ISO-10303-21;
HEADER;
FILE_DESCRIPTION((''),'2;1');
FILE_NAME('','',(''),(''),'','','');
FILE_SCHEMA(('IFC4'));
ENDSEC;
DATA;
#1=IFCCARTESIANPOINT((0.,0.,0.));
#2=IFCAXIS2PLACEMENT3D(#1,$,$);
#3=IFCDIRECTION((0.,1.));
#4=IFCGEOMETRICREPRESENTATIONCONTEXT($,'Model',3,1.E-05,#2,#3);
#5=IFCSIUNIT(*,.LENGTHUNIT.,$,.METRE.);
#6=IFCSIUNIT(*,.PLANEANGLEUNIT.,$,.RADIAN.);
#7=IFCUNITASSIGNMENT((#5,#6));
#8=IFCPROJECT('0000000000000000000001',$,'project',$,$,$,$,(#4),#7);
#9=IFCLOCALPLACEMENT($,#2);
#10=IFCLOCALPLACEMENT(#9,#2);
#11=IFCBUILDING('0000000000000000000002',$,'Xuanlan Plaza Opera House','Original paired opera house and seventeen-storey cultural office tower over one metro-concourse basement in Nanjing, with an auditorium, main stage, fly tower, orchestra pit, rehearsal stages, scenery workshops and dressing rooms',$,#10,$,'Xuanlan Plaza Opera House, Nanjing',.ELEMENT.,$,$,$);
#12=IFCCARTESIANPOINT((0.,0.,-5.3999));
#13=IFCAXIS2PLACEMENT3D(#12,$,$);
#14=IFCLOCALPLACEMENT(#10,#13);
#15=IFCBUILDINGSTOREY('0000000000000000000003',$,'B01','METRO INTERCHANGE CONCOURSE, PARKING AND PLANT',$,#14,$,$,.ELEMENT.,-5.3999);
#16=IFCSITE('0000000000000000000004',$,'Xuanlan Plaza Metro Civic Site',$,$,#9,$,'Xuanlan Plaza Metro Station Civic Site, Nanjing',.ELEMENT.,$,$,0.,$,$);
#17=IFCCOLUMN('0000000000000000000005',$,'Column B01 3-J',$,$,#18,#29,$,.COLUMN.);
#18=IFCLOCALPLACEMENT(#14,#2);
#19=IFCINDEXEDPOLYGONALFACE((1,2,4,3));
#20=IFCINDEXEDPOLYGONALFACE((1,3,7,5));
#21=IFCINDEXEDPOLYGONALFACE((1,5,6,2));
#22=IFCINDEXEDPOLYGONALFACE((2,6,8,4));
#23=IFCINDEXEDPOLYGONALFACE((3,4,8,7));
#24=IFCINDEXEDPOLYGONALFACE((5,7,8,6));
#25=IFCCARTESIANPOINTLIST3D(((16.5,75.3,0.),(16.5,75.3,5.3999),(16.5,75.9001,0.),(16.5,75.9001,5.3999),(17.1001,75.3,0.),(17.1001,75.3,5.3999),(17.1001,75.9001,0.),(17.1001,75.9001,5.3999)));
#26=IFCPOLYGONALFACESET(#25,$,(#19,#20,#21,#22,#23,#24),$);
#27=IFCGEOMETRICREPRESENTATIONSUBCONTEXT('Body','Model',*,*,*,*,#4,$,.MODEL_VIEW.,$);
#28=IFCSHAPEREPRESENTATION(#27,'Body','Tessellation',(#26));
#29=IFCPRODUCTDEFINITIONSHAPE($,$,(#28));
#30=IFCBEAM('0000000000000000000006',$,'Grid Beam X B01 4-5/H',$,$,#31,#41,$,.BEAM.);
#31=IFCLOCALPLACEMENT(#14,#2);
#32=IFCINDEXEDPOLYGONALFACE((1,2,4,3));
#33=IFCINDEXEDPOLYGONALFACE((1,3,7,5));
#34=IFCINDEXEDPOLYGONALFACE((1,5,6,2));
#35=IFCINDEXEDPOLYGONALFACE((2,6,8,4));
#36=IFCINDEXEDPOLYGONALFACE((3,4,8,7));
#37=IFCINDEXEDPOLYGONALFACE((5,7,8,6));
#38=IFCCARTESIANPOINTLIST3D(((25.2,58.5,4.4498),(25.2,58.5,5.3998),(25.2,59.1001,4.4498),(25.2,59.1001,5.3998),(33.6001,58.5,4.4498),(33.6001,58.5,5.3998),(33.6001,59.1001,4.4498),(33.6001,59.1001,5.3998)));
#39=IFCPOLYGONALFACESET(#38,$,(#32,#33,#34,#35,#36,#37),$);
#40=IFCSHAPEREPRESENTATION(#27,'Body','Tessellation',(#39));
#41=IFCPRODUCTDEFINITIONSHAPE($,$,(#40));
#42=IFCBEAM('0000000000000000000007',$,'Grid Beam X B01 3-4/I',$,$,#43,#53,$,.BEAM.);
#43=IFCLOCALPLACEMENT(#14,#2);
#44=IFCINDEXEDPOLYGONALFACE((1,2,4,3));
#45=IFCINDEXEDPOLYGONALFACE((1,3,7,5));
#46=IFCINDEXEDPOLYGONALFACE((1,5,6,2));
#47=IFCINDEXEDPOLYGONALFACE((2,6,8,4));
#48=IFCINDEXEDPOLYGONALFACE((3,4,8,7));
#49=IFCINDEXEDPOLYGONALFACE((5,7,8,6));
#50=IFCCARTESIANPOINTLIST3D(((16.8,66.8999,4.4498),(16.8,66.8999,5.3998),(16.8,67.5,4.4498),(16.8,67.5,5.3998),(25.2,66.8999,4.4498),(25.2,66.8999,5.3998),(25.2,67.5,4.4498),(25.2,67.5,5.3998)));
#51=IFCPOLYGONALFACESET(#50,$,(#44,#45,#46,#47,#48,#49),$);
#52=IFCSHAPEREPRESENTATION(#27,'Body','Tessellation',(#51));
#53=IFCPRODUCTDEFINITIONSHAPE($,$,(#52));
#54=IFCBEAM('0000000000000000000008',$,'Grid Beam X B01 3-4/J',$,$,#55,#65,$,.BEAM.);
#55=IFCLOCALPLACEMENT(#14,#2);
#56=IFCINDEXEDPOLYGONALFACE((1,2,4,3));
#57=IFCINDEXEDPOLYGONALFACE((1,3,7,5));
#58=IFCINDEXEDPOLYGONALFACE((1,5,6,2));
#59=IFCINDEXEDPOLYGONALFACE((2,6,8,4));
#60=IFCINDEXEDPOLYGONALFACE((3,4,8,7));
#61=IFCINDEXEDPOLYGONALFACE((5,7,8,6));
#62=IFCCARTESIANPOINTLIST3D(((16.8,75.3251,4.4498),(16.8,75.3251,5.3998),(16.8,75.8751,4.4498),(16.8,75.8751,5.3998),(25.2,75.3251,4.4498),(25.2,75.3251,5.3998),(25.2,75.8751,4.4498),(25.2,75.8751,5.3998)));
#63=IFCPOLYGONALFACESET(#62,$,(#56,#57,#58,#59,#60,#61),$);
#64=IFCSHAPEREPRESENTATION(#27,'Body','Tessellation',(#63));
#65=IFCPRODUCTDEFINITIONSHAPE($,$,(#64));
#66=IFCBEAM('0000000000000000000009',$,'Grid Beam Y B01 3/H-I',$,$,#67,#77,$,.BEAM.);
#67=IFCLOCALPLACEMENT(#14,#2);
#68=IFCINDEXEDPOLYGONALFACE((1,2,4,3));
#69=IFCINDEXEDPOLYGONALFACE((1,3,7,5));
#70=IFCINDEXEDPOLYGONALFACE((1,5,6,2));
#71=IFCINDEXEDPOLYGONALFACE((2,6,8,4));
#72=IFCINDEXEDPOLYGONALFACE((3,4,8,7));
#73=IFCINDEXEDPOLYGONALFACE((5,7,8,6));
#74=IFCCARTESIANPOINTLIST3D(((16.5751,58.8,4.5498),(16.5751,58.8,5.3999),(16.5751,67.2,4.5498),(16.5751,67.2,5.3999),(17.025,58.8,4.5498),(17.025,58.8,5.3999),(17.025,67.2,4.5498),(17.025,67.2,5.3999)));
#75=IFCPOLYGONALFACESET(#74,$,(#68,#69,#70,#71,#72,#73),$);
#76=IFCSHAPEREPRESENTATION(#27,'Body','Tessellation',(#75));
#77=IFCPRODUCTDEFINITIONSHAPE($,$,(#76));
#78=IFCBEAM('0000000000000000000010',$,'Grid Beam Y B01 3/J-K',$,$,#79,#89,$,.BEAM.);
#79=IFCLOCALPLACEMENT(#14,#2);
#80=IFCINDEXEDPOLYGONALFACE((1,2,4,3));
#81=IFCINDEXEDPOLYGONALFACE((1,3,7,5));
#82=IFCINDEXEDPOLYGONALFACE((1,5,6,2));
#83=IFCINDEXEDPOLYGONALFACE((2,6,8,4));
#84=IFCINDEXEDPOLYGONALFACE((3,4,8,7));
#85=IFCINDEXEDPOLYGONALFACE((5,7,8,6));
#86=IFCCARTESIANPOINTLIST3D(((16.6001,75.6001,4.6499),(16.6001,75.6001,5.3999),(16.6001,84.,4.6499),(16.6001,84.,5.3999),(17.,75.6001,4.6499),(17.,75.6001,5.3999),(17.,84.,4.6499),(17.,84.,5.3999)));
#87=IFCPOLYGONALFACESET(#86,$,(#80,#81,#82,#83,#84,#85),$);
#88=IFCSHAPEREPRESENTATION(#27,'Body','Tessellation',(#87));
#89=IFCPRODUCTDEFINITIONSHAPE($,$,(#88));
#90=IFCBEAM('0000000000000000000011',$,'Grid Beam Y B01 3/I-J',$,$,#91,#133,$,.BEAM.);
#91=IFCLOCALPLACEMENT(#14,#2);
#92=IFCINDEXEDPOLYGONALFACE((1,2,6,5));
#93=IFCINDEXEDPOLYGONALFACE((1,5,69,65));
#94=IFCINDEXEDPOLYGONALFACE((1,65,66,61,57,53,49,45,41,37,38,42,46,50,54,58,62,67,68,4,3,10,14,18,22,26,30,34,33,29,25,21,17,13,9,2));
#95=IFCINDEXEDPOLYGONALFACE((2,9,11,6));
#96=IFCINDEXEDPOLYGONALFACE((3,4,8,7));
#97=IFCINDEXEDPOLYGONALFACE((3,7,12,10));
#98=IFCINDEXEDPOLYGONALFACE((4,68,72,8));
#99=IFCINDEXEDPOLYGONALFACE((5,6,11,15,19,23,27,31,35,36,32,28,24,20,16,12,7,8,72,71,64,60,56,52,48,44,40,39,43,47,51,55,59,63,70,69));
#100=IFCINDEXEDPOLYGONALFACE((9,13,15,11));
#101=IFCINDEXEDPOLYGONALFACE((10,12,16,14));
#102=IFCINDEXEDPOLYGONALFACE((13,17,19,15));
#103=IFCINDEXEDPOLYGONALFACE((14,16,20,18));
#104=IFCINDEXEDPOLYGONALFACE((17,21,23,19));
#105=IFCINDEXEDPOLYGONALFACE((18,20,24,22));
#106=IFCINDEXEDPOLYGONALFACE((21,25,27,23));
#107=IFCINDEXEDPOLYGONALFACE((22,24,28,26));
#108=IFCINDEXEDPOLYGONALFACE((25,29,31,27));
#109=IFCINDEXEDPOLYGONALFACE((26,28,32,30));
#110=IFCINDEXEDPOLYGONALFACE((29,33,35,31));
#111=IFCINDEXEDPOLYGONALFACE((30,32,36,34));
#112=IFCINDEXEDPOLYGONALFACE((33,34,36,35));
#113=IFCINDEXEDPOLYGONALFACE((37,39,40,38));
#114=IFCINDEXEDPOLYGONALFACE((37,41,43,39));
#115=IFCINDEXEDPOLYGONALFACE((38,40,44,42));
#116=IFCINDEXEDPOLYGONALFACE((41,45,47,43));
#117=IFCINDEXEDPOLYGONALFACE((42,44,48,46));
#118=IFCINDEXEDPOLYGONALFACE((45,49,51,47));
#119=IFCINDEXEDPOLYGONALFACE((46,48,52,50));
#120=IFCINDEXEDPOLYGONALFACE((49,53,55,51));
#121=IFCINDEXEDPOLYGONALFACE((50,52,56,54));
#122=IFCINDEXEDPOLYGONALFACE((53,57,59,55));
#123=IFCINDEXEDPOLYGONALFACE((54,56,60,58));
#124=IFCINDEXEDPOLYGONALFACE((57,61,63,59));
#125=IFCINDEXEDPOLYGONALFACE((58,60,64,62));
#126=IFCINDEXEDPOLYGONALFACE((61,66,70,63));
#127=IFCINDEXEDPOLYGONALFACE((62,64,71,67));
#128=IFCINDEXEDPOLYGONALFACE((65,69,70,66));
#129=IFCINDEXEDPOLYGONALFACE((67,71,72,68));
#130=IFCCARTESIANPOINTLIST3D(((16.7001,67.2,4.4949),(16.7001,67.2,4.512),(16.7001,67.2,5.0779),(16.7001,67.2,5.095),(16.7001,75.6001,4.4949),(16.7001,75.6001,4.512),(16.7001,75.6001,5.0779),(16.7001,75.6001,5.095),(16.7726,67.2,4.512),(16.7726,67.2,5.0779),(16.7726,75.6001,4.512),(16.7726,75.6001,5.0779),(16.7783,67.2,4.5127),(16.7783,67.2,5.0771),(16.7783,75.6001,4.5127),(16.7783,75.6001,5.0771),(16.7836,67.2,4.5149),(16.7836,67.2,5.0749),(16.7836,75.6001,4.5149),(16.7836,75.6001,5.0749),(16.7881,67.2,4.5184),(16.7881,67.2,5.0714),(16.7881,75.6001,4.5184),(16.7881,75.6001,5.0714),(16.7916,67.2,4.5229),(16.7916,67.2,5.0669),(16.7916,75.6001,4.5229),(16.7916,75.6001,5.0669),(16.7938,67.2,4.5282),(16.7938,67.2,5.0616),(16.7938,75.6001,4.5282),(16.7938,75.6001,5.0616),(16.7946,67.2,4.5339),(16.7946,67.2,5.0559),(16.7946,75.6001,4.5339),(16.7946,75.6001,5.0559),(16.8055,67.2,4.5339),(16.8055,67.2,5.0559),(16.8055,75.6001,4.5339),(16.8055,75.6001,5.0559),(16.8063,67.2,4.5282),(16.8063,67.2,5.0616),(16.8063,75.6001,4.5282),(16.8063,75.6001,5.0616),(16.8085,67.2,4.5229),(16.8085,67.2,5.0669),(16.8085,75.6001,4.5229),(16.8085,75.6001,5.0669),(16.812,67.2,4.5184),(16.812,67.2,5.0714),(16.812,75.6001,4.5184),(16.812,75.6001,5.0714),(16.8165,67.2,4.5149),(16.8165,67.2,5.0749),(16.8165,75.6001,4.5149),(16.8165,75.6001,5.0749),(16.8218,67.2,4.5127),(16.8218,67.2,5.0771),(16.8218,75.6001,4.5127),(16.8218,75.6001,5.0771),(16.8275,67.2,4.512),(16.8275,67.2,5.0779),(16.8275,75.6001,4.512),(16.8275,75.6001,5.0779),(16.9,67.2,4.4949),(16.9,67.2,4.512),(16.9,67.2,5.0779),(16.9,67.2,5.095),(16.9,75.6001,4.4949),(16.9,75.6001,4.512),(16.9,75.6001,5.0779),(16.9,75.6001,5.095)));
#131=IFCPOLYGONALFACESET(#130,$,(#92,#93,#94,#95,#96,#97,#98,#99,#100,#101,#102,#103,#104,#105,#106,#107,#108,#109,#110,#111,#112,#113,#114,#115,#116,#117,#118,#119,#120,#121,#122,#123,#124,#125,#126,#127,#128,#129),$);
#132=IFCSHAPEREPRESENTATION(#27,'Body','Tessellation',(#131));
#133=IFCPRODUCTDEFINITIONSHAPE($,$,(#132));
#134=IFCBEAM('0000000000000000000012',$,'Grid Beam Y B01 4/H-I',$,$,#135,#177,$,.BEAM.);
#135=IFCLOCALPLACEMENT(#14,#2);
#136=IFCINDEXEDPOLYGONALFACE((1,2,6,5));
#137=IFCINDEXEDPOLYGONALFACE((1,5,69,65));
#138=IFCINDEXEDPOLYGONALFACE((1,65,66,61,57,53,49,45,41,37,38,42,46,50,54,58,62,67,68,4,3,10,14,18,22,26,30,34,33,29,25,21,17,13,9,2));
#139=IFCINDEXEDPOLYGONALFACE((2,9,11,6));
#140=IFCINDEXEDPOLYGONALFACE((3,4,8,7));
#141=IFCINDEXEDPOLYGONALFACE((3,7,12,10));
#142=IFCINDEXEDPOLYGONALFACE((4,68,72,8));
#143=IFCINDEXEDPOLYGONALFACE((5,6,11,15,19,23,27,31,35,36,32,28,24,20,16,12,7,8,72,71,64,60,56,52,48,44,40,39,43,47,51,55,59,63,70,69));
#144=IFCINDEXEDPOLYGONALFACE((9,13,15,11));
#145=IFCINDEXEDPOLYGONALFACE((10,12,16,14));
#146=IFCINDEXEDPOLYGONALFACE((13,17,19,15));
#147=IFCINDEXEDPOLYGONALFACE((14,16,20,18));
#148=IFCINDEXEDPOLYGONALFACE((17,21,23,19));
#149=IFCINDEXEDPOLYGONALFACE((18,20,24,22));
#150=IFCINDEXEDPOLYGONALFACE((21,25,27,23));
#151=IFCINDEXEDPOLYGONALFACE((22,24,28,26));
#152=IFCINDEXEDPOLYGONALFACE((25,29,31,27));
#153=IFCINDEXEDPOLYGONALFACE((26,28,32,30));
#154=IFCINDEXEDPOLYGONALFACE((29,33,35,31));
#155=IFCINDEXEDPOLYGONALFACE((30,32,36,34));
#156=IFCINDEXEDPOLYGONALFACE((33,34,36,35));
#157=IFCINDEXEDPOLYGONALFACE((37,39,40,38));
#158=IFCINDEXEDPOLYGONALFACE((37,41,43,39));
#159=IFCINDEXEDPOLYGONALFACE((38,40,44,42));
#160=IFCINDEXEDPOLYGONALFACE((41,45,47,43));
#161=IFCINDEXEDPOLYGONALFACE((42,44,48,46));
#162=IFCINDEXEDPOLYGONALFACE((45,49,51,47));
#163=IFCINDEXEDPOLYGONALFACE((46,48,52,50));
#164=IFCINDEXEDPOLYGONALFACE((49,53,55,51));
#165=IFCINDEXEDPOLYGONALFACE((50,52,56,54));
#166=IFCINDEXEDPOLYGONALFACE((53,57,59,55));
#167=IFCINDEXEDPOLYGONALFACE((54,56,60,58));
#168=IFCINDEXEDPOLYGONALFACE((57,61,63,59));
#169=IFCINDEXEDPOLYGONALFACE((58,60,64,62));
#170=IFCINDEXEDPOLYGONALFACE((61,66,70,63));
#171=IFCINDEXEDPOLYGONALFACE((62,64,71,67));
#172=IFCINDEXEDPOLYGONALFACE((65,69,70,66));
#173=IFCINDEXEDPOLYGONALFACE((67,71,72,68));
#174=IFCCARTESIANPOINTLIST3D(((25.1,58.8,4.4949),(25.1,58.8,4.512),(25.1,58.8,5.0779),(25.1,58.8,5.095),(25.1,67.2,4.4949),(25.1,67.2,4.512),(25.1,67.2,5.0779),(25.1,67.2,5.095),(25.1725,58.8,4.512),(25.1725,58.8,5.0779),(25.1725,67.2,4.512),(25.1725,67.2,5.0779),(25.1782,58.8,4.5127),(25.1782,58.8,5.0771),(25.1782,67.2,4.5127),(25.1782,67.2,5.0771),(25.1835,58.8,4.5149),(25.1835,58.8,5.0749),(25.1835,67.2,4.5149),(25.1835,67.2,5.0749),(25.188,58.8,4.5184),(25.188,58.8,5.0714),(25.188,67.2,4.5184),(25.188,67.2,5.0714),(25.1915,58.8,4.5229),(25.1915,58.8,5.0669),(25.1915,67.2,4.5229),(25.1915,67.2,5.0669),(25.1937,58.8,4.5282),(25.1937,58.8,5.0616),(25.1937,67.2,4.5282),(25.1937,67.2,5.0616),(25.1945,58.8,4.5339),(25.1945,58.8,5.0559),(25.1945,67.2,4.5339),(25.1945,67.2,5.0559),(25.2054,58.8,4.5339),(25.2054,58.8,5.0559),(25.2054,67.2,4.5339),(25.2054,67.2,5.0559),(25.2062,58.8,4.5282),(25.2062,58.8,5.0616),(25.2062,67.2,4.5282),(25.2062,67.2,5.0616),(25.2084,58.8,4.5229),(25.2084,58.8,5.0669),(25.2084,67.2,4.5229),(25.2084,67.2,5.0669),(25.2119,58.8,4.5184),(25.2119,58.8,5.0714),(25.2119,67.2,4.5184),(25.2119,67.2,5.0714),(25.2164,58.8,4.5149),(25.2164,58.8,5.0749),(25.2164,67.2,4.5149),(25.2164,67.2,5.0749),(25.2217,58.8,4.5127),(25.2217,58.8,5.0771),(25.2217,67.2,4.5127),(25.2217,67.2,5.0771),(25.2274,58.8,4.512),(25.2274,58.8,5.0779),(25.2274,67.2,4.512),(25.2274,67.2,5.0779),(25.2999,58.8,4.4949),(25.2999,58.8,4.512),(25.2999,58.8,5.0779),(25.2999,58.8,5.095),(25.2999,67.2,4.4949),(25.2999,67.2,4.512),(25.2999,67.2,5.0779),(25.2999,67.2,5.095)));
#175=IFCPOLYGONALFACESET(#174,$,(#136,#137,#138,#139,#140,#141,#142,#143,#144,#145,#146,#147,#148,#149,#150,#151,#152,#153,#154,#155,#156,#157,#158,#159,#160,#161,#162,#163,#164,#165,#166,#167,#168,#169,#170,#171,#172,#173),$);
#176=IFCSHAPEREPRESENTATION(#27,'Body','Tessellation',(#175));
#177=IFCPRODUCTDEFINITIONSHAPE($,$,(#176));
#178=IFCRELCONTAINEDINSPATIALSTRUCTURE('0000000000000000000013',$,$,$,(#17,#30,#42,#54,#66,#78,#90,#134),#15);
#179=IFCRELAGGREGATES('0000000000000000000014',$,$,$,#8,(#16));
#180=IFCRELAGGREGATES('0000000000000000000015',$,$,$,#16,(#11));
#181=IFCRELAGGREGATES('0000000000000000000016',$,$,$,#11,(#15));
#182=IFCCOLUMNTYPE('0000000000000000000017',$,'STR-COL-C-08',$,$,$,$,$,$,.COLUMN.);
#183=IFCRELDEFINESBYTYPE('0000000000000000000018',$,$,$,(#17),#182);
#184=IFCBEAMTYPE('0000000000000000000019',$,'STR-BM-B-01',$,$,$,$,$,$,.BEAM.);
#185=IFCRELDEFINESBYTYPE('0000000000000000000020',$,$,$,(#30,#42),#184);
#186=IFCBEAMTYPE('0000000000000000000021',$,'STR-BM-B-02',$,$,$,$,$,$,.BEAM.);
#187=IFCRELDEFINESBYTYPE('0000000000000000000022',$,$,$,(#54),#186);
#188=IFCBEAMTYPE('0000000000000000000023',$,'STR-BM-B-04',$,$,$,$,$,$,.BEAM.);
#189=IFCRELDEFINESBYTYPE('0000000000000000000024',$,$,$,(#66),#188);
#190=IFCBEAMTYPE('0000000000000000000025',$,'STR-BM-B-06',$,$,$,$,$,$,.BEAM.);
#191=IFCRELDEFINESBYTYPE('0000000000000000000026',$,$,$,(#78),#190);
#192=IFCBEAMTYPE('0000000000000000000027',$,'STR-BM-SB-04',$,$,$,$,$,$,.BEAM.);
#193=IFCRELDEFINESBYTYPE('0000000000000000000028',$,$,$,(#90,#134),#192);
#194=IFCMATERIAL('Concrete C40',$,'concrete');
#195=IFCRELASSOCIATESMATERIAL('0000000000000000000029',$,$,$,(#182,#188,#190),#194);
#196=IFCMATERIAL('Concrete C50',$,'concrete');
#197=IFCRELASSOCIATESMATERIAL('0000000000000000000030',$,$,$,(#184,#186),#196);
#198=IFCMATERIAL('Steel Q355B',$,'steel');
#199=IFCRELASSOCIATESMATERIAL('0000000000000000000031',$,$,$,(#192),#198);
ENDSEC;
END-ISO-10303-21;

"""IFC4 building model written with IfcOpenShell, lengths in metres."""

from ifc_helpers import new_model, si_unit, direction, frame, origin, origin_2d, place, context, subcontext, project, spatial, rectangle, i_section, extrude, material, material_profile, profile_set, type_object, element, save


model = new_model("IFC4")

# Units and contexts
model_context = context("Model", 3, precision=1e-05, world=origin(), true_north=direction((0.0, 1.0)))
body_context = subcontext(model_context, "Body", "Model", "MODEL_VIEW")
ifc_project = project(units=[si_unit("LENGTHUNIT", "METRE"), si_unit("PLANEANGLEUNIT", "RADIAN")], contexts=[model_context])

# Site, building, storey
site_placement = place(None, origin())
site = spatial("IfcSite", under=ifc_project, at=site_placement, Name="Xuanlan Plaza Metro Civic Site", LongName="Xuanlan Plaza Metro Station Civic Site, Nanjing", CompositionType="ELEMENT", RefElevation=0.0)
building_placement = place(site_placement, origin())
building = spatial("IfcBuilding", under=site, at=building_placement, Name="Xuanlan Plaza Opera House", Description="Original paired opera house and seventeen-storey cultural office tower over one metro-concourse basement in Nanjing, with an auditorium, main stage, fly tower, orchestra pit, rehearsal stages, scenery workshops and dressing rooms", LongName="Xuanlan Plaza Opera House, Nanjing", CompositionType="ELEMENT")
storey_placement = place(building_placement, frame((0.0, 0.0, -5.3999)))
storey = spatial("IfcBuildingStorey", under=building, at=storey_placement, Name="B01", Description="METRO INTERCHANGE CONCOURSE, PARKING AND PLANT", CompositionType="ELEMENT", Elevation=-5.3999)

# Shared definitions
ifc_material_1 = material(Name="Concrete C40", Category="concrete")
ifc_material_2 = material(Name="Concrete C50", Category="concrete")

# Column
ifc_material_profile_1 = material_profile(ifc_material_1, rectangle(XDim=0.6001, YDim=0.6001, at=origin_2d()), Name="RC-COL 600x600")
ifc_profile_set_1 = profile_set([ifc_material_profile_1], Name="Concrete C40")
column_type_1 = type_object("IfcColumnType", Name="STR-COL-C-08", PredefinedType="COLUMN", material=ifc_profile_set_1)
column_1_placement = place(storey_placement, frame((16.8, 75.6001, 0.0), z_axis=(0.0, 0.0, 1.0), x_axis=(1.0, 0.0, 0.0)))
element("IfcColumn", 1, at=column_1_placement, inside=storey, type_object=column_type_1, Name="Column B01 3-J", PredefinedType="COLUMN", context=body_context, shape_type="SweptSolid", body=[
    extrude(rectangle(XDim=0.6001, YDim=0.6001, at=origin_2d()), origin(), (0.0, 0.0, 1.0), 5.3999),
])

# Beams
ifc_material_profile_2 = material_profile(ifc_material_2, rectangle(XDim=0.6001, YDim=0.95, at=origin_2d()), Name="RC-BM 600x950")
ifc_profile_set_2 = profile_set([ifc_material_profile_2], Name="Concrete C50")
beam_type_1 = type_object("IfcBeamType", Name="STR-BM-B-01", PredefinedType="BEAM", material=ifc_profile_set_2)
beam_1_placement = place(storey_placement, frame((25.2, 58.8, 4.9248), z_axis=(1.0, 0.0, 0.0), x_axis=(0.0, 1.0, 0.0)))
element("IfcBeam", 2, at=beam_1_placement, inside=storey, type_object=beam_type_1, Name="Grid Beam X B01 4-5/H", PredefinedType="BEAM", context=body_context, shape_type="SweptSolid", body=[
    extrude(rectangle(XDim=0.6001, YDim=0.95, at=origin_2d()), origin(), (0.0, 0.0, 1.0), 8.4001),
])
beam_2_placement = place(storey_placement, frame((16.8, 67.2, 4.9248), z_axis=(1.0, 0.0, 0.0), x_axis=(0.0, 1.0, 0.0)))
element("IfcBeam", 3, at=beam_2_placement, inside=storey, type_object=beam_type_1, Name="Grid Beam X B01 3-4/I", PredefinedType="BEAM", context=body_context, shape_type="SweptSolid", body=[
    extrude(rectangle(XDim=0.6001, YDim=0.95, at=origin_2d()), origin(), (0.0, 0.0, 1.0), 8.3999),
])
ifc_material_profile_3 = material_profile(ifc_material_2, rectangle(XDim=0.55, YDim=0.95, at=origin_2d()), Name="RC-BM 550x950")
ifc_profile_set_3 = profile_set([ifc_material_profile_3], Name="Concrete C50")
beam_type_2 = type_object("IfcBeamType", Name="STR-BM-B-02", PredefinedType="BEAM", material=ifc_profile_set_3)
beam_3_placement = place(storey_placement, frame((16.8, 75.6001, 4.9248), z_axis=(1.0, 0.0, 0.0), x_axis=(0.0, 1.0, 0.0)))
element("IfcBeam", 4, at=beam_3_placement, inside=storey, type_object=beam_type_2, Name="Grid Beam X B01 3-4/J", PredefinedType="BEAM", context=body_context, shape_type="SweptSolid", body=[
    extrude(rectangle(XDim=0.55, YDim=0.95, at=origin_2d()), origin(), (0.0, 0.0, 1.0), 8.3999),
])
ifc_material_profile_4 = material_profile(ifc_material_1, rectangle(XDim=0.45, YDim=0.8501, at=origin_2d()), Name="RC-BM 450x850")
ifc_profile_set_4 = profile_set([ifc_material_profile_4], Name="Concrete C40")
beam_type_3 = type_object("IfcBeamType", Name="STR-BM-B-04", PredefinedType="BEAM", material=ifc_profile_set_4)
beam_4_placement = place(storey_placement, frame((16.8, 58.8, 4.9749), z_axis=(0.0, 1.0, 0.0), x_axis=(-1.0, 0.0, 0.0)))
element("IfcBeam", 5, at=beam_4_placement, inside=storey, type_object=beam_type_3, Name="Grid Beam Y B01 3/H-I", PredefinedType="BEAM", context=body_context, shape_type="SweptSolid", body=[
    extrude(rectangle(XDim=0.45, YDim=0.8501, at=origin_2d()), origin(), (0.0, 0.0, 1.0), 8.3999),
])
ifc_material_profile_5 = material_profile(ifc_material_1, rectangle(XDim=0.3999, YDim=0.75, at=origin_2d()), Name="RC-BM 400x750")
ifc_profile_set_5 = profile_set([ifc_material_profile_5], Name="Concrete C40")
beam_type_4 = type_object("IfcBeamType", Name="STR-BM-B-06", PredefinedType="BEAM", material=ifc_profile_set_5)
beam_5_placement = place(storey_placement, frame((16.8, 75.6001, 5.0249), z_axis=(0.0, 1.0, 0.0), x_axis=(-1.0, 0.0, 0.0)))
element("IfcBeam", 6, at=beam_5_placement, inside=storey, type_object=beam_type_4, Name="Grid Beam Y B01 3/J-K", PredefinedType="BEAM", context=body_context, shape_type="SweptSolid", body=[
    extrude(rectangle(XDim=0.3999, YDim=0.75, at=origin_2d()), origin(), (0.0, 0.0, 1.0), 8.3999),
])
ifc_material_3 = material(Name="Steel Q355B", Category="steel")
ifc_material_profile_6 = material_profile(ifc_material_3, i_section(OverallWidth=0.2, OverallDepth=0.6001, WebThickness=0.011, FlangeThickness=0.0171, FilletRadius=0.022, at=origin_2d()), Name="HN 600x200x11x17")
ifc_profile_set_6 = profile_set([ifc_material_profile_6], Name="Steel Q355B")
beam_type_5 = type_object("IfcBeamType", Name="STR-BM-SB-04", PredefinedType="BEAM", material=ifc_profile_set_6)
beam_6_placement = place(storey_placement, frame((16.8, 67.2, 4.7949), z_axis=(0.0, 1.0, 0.0), x_axis=(-1.0, 0.0, 0.0)))
element("IfcBeam", 7, at=beam_6_placement, inside=storey, type_object=beam_type_5, Name="Grid Beam Y B01 3/I-J", PredefinedType="BEAM", context=body_context, shape_type="SweptSolid", body=[
    extrude(i_section(OverallWidth=0.2, OverallDepth=0.6001, WebThickness=0.011, FlangeThickness=0.0171, FilletRadius=0.022, at=origin_2d()), origin(), (0.0, 0.0, 1.0), 8.4001),
])
beam_7_placement = place(storey_placement, frame((25.2, 58.8, 4.7949), z_axis=(0.0, 1.0, 0.0), x_axis=(-1.0, 0.0, 0.0)))
element("IfcBeam", 8, at=beam_7_placement, inside=storey, type_object=beam_type_5, Name="Grid Beam Y B01 4/H-I", PredefinedType="BEAM", context=body_context, shape_type="SweptSolid", body=[
    extrude(i_section(OverallWidth=0.2, OverallDepth=0.6001, WebThickness=0.011, FlangeThickness=0.0171, FilletRadius=0.022, at=origin_2d()), origin(), (0.0, 0.0, 1.0), 8.3999),
])

save(model, "model.ifc")
